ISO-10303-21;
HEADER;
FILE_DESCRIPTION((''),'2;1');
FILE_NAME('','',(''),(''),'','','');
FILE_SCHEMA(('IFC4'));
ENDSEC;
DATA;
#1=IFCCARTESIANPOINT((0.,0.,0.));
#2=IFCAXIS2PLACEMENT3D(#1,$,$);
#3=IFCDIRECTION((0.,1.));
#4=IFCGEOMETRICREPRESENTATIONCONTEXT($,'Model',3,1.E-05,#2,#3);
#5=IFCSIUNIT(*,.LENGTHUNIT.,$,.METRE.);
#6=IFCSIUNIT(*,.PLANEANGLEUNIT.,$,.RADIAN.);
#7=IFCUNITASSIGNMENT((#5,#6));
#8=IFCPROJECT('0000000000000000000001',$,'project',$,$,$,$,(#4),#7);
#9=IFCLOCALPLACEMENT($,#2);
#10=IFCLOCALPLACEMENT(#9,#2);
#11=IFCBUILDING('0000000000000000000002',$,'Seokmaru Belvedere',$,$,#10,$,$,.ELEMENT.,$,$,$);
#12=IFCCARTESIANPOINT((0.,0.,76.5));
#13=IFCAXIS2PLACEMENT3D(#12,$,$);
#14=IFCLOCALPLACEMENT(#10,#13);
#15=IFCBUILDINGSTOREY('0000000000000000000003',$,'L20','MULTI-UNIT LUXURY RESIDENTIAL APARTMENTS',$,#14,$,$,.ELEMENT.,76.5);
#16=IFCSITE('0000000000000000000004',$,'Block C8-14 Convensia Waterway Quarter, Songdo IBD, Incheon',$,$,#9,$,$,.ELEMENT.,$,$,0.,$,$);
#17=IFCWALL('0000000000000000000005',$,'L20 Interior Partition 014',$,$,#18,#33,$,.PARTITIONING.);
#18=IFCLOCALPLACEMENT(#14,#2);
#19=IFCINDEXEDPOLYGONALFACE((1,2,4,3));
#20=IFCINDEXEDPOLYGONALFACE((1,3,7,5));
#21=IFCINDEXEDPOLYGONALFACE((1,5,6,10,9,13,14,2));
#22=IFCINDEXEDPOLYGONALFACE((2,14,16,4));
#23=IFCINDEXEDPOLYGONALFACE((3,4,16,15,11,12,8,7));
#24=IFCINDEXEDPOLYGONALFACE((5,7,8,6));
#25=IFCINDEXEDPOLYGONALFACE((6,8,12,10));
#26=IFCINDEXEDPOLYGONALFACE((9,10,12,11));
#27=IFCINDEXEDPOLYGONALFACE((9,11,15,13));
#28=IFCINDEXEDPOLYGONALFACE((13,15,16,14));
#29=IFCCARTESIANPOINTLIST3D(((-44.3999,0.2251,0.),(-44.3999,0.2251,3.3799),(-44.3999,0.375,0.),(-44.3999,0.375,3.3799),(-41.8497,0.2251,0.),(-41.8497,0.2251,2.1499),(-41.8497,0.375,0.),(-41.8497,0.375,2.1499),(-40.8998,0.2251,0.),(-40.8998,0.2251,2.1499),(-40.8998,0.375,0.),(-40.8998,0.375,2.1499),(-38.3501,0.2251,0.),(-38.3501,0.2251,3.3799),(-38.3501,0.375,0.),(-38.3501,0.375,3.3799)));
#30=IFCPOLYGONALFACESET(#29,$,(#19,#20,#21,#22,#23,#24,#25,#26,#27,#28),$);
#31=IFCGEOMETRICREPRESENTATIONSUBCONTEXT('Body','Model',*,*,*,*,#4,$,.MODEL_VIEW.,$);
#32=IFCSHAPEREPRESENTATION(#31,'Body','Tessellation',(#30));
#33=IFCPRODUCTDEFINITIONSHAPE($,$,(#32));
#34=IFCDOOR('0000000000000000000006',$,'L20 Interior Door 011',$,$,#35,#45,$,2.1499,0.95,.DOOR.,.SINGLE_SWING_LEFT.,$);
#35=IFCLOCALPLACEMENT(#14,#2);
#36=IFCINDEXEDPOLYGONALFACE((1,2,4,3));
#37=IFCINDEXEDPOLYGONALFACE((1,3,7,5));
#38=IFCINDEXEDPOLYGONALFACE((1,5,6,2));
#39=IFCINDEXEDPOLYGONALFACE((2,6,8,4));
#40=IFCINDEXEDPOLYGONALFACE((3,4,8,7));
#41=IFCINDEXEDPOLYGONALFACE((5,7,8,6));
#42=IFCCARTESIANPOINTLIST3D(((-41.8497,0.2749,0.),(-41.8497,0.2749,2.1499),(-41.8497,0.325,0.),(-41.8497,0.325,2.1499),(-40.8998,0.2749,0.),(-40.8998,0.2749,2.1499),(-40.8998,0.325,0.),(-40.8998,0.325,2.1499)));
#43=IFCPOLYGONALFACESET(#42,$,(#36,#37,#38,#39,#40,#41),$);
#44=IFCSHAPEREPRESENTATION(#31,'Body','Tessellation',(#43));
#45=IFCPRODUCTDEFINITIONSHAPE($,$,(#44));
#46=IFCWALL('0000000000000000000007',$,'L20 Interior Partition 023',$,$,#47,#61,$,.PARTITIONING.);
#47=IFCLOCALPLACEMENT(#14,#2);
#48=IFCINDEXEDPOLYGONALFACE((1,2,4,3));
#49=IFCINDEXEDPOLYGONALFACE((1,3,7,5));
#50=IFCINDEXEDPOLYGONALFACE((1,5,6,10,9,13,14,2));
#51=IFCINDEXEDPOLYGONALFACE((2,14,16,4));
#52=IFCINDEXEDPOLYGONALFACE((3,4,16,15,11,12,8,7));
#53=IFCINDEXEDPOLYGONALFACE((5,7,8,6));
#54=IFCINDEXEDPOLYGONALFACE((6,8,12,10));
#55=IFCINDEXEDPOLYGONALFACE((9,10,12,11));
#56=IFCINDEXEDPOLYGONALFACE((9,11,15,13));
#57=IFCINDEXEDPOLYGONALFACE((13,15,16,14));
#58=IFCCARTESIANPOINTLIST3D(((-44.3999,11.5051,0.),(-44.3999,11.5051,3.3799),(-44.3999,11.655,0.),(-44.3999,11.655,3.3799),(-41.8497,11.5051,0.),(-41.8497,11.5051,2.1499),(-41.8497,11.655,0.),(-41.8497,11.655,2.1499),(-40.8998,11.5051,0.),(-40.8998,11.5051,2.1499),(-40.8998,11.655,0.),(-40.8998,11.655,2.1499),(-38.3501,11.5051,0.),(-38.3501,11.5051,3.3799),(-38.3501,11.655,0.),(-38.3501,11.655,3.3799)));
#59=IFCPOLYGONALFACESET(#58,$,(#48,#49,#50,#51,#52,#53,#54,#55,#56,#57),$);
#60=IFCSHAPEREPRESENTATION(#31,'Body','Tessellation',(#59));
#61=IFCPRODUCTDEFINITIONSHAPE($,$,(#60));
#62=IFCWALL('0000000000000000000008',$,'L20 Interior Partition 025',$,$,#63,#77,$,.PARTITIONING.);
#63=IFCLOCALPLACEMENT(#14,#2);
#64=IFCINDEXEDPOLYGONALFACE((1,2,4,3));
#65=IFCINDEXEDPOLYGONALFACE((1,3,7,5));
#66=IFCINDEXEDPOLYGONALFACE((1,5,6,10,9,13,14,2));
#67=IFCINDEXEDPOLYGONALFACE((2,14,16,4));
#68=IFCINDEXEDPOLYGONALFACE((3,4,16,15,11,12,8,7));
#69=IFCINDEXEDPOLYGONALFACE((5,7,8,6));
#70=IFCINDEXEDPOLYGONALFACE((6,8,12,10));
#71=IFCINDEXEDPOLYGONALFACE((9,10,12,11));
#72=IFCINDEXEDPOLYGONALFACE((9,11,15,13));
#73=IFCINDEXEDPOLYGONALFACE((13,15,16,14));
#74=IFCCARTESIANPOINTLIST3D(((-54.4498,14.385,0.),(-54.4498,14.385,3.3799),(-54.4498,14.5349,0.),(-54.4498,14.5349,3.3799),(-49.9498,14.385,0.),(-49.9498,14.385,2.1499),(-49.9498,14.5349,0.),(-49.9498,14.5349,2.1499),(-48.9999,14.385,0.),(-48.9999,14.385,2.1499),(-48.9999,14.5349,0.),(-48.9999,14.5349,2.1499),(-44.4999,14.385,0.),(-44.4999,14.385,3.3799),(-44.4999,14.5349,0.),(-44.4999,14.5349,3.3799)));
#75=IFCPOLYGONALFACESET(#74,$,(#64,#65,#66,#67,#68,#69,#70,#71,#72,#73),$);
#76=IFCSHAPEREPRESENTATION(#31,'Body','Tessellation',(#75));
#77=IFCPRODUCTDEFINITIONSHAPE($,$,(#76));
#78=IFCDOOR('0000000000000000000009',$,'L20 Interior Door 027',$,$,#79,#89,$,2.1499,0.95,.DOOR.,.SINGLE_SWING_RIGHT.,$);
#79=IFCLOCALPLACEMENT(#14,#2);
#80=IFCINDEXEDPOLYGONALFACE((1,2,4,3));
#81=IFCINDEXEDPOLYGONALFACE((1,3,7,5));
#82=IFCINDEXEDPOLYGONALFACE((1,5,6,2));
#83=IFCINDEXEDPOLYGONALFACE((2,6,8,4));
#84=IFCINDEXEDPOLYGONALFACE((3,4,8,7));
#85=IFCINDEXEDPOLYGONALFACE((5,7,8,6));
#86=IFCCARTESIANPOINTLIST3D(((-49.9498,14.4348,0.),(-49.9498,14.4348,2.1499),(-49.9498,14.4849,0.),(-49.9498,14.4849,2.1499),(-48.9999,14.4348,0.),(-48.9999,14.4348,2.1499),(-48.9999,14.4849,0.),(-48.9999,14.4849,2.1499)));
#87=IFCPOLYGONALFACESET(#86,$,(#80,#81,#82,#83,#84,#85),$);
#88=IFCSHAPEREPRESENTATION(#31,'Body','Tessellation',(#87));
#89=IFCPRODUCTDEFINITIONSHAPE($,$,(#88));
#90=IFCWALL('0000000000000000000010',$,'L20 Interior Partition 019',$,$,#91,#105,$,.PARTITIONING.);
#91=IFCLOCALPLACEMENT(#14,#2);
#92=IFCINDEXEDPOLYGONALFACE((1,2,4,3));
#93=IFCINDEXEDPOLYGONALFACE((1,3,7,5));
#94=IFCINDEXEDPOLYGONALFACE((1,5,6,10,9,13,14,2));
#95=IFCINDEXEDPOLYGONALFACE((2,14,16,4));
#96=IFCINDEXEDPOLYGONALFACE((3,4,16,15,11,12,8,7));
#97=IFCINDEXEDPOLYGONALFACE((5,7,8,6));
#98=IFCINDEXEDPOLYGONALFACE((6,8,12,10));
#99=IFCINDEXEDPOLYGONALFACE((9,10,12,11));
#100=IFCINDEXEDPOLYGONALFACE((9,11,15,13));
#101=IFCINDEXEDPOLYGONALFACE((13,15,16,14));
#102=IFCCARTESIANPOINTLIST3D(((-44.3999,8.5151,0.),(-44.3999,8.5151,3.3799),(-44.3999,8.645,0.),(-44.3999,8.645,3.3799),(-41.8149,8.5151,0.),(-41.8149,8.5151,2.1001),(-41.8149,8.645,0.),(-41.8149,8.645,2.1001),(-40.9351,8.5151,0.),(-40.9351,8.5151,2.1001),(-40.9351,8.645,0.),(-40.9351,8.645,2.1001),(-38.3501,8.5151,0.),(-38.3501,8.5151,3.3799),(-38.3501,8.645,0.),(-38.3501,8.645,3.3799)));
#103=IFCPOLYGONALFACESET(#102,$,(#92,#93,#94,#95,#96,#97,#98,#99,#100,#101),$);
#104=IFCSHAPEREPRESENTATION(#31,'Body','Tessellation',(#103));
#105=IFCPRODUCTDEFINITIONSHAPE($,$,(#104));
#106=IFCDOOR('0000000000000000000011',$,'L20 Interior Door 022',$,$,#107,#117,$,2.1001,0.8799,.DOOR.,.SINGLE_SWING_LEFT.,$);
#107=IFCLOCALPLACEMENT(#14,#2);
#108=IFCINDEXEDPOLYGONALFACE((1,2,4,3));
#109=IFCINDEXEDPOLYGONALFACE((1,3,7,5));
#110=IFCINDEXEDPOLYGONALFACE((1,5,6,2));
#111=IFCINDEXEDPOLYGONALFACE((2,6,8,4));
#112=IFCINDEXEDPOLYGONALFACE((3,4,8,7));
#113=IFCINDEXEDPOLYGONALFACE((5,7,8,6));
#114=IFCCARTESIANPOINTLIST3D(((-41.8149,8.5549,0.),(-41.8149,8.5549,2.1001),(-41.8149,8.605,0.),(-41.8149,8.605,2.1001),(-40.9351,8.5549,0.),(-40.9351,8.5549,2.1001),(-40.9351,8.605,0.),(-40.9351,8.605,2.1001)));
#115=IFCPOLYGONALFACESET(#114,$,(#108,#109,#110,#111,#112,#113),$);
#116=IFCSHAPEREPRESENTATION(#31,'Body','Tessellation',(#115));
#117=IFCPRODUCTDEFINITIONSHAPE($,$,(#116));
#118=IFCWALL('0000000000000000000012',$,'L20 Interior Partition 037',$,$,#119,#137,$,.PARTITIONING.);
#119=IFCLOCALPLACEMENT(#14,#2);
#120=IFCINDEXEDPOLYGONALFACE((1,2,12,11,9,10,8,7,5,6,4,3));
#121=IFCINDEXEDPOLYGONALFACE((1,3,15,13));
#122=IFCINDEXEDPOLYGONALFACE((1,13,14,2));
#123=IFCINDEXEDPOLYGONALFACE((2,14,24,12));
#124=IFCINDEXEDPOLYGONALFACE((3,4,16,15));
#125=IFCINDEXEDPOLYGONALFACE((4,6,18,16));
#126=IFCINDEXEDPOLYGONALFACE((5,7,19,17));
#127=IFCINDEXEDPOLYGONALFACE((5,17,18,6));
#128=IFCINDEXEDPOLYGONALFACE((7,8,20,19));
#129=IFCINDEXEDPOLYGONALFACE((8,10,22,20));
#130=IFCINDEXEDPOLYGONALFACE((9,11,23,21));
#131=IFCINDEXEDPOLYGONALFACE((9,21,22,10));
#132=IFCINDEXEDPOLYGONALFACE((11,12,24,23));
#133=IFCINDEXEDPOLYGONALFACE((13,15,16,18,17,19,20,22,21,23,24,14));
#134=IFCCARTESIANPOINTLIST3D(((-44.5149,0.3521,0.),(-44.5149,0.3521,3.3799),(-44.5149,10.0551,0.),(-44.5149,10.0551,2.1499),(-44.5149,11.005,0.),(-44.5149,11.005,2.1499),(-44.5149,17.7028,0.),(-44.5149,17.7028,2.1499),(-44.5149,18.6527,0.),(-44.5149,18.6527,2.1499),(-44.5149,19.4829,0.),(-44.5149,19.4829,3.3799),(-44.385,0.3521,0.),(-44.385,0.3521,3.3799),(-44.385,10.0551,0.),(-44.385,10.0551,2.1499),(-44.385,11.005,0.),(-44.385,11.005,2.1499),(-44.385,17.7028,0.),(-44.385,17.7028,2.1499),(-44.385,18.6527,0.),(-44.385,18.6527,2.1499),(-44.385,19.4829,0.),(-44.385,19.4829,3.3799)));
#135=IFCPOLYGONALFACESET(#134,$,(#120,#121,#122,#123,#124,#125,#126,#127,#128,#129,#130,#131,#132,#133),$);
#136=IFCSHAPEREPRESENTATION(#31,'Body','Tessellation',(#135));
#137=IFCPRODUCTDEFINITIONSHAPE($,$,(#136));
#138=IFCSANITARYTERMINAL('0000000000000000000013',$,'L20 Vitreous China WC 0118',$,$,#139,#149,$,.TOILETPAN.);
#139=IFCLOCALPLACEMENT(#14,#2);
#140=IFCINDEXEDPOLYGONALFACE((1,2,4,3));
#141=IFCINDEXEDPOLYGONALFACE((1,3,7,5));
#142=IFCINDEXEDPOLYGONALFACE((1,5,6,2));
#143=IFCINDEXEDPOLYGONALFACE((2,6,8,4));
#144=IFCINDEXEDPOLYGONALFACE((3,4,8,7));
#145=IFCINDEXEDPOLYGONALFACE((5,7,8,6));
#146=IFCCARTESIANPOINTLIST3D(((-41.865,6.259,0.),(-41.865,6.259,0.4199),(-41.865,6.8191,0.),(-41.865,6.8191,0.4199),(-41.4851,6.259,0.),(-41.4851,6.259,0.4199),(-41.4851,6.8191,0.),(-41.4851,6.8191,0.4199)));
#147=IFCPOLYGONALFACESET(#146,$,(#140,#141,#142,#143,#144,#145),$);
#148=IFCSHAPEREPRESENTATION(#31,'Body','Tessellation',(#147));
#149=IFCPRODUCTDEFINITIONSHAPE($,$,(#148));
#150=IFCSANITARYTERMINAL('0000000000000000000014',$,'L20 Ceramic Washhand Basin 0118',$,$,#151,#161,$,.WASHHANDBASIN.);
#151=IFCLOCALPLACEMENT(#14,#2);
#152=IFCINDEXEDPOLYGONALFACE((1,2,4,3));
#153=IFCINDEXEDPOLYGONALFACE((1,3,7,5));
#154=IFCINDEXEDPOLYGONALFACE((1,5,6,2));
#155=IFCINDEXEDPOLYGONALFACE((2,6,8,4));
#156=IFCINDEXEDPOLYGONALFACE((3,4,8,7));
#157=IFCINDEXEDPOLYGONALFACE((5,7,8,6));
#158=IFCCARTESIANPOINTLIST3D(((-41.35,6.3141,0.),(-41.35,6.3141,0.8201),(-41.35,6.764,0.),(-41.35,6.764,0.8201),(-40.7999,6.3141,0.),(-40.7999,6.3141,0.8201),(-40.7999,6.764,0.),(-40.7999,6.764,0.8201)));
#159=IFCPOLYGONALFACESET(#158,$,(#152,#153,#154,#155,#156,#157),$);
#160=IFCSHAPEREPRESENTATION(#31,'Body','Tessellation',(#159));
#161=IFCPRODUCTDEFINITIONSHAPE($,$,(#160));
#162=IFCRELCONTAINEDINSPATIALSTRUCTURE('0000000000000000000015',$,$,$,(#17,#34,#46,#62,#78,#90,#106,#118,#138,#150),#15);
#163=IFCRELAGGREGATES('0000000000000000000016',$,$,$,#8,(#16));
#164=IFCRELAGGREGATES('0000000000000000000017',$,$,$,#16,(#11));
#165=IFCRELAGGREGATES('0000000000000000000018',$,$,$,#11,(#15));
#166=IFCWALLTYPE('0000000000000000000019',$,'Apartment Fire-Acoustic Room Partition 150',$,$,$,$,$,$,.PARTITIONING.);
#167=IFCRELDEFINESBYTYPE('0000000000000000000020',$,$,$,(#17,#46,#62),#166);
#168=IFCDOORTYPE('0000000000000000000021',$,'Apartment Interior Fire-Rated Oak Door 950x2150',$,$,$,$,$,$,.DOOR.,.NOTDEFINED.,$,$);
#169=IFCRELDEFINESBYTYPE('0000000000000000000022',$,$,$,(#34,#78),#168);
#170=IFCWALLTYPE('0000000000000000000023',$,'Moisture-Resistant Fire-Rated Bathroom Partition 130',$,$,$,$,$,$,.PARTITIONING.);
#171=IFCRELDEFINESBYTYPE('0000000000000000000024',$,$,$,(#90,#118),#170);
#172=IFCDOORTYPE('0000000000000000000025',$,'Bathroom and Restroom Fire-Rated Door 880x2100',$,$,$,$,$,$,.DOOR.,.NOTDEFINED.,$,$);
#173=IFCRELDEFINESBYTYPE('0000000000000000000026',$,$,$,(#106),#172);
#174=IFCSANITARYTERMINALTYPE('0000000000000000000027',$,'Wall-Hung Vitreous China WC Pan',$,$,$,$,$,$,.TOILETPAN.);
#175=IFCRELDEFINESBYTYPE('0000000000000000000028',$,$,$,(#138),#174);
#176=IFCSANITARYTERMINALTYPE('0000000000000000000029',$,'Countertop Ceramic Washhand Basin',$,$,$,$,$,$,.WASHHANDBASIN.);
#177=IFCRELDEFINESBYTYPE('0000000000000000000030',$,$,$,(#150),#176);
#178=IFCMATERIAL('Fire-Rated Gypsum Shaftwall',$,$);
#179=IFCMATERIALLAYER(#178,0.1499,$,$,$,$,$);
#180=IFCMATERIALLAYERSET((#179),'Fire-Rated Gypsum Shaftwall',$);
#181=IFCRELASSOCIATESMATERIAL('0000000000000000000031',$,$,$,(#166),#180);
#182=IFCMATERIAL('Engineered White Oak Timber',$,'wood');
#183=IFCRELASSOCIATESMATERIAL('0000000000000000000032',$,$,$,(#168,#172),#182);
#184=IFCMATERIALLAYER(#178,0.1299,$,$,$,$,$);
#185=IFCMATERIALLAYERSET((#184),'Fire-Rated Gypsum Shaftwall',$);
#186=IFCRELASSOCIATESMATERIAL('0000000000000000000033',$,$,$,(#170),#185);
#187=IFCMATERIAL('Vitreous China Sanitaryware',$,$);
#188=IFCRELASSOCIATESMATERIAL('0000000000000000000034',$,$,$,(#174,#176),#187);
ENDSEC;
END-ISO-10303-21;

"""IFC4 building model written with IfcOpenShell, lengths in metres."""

from ifc_helpers import new_model, si_unit, direction, frame, frame_2d, origin, origin_2d, place, context, subcontext, project, spatial, rectangle, extrude, source, transform, mapped, material, layer, layer_set, type_object, type_shapes, element, fill, save


model = new_model("IFC4")

# Units and contexts
model_context = context("Model", 3, precision=1e-05, world=origin(), true_north=direction((0.0, 1.0)))
body_context = subcontext(model_context, "Body", "Model", "MODEL_VIEW")
ifc_project = project(units=[si_unit("LENGTHUNIT", "METRE"), si_unit("PLANEANGLEUNIT", "RADIAN")], contexts=[model_context])

# Site, building, storey
site_placement = place(None, origin())
site = spatial("IfcSite", under=ifc_project, at=site_placement, Name="Block C8-14 Convensia Waterway Quarter, Songdo IBD, Incheon", CompositionType="ELEMENT", RefElevation=0.0)
building_placement = place(site_placement, origin())
building = spatial("IfcBuilding", under=site, at=building_placement, Name="Seokmaru Belvedere", CompositionType="ELEMENT")
storey_placement = place(building_placement, frame((0.0, 0.0, 76.5)))
storey = spatial("IfcBuildingStorey", under=building, at=storey_placement, Name="L20", Description="MULTI-UNIT LUXURY RESIDENTIAL APARTMENTS", CompositionType="ELEMENT", Elevation=76.5)

# Wall, opening, door
ifc_material_1 = material(Name="Fire-Rated Gypsum Shaftwall")
ifc_layer_1 = layer(ifc_material_1, 0.1499)
ifc_layer_set_1 = layer_set([ifc_layer_1], Name="Fire-Rated Gypsum Shaftwall")
wall_type_1 = type_object("IfcWallType", Name="Apartment Fire-Acoustic Room Partition 150", PredefinedType="PARTITIONING", material=ifc_layer_set_1)
wall_1_placement = place(storey_placement, frame((-44.3999, 0.3, 0.0), z_axis=(0.0, 0.0, 1.0), x_axis=(1.0, 0.0, 0.0)))
wall_1 = element("IfcWall", 1, at=wall_1_placement, inside=storey, type_object=wall_type_1, Name="L20 Interior Partition 014", PredefinedType="PARTITIONING", context=body_context, shape_type="SweptSolid", body=[
    extrude(rectangle(XDim=6.0498, YDim=0.1499, at=frame_2d((3.0249, 0.0))), origin(), (0.0, 0.0, 1.0), 3.3799),
])
opening_1_placement = place(wall_1_placement, frame((2.55, 0.0, 0.0)))
opening_1 = element("IfcOpeningElement", 2, at=opening_1_placement, cuts=wall_1, PredefinedType="OPENING", context=body_context, shape_type="SweptSolid", body=[
    extrude(rectangle(XDim=0.95, YDim=2.1499, at=frame_2d((0.4751, 1.075))), frame((0.0, 0.085, 0.0), z_axis=(0.0, -1.0, 0.0), x_axis=(1.0, 0.0, 0.0)), (0.0, 0.0, 1.0), 0.1699),
])
ifc_material_2 = material(Name="Engineered White Oak Timber", Category="wood")
door_type_1 = type_object("IfcDoorType", Name="Apartment Interior Fire-Rated Oak Door 950x2150", OperationType="NOTDEFINED", PredefinedType="DOOR", material=ifc_material_2)
shared_shape_1 = source(origin(), body_context, "Body", "SweptSolid", [
    extrude(rectangle(XDim=0.95, YDim=2.1499, at=frame_2d((0.4751, 1.075))), frame((0.0, 0.0249, 0.0), z_axis=(0.0, -1.0, 0.0), x_axis=(1.0, 0.0, 0.0)), (0.0, 0.0, 1.0), 0.05),
])
type_shapes(door_type_1, [shared_shape_1])
door_1_placement = place(opening_1_placement, origin())
door_1 = element("IfcDoor", 3, at=door_1_placement, inside=storey, type_object=door_type_1, Name="L20 Interior Door 011", OperationType="SINGLE_SWING_LEFT", OverallHeight=2.1499, OverallWidth=0.95, PredefinedType="DOOR", context=body_context, shape_type="MappedRepresentation", body=[
    mapped(shared_shape_1, transform((0.0, 0.0, 0.0), scale=1.0)),
])
fill(opening_1, door_1)

# Wall, opening
wall_2_placement = place(storey_placement, frame((-44.3999, 11.5801, 0.0), z_axis=(0.0, 0.0, 1.0), x_axis=(1.0, 0.0, 0.0)))
wall_2 = element("IfcWall", 4, at=wall_2_placement, inside=storey, type_object=wall_type_1, Name="L20 Interior Partition 023", PredefinedType="PARTITIONING", context=body_context, shape_type="SweptSolid", body=[
    extrude(rectangle(XDim=6.0498, YDim=0.1499, at=frame_2d((3.0249, 0.0))), origin(), (0.0, 0.0, 1.0), 3.3799),
])
opening_2_placement = place(wall_2_placement, frame((2.55, 0.0, 0.0)))
element("IfcOpeningElement", 5, at=opening_2_placement, cuts=wall_2, PredefinedType="OPENING", context=body_context, shape_type="SweptSolid", body=[
    extrude(rectangle(XDim=0.95, YDim=2.1499, at=frame_2d((0.4751, 1.075))), frame((0.0, 0.085, 0.0), z_axis=(0.0, -1.0, 0.0), x_axis=(1.0, 0.0, 0.0)), (0.0, 0.0, 1.0), 0.1699),
])

# Walls, openings, doors
wall_3_placement = place(storey_placement, frame((-54.45, 14.46, 0.0), z_axis=(0.0, 0.0, 1.0), x_axis=(1.0, 0.0, 0.0)))
wall_3 = element("IfcWall", 6, at=wall_3_placement, inside=storey, type_object=wall_type_1, Name="L20 Interior Partition 025", PredefinedType="PARTITIONING", context=body_context, shape_type="SweptSolid", body=[
    extrude(rectangle(XDim=9.95, YDim=0.1499, at=frame_2d((4.9751, 0.0))), origin(), (0.0, 0.0, 1.0), 3.3799),
])
opening_3_placement = place(wall_3_placement, frame((4.5, 0.0, 0.0)))
opening_3 = element("IfcOpeningElement", 7, at=opening_3_placement, cuts=wall_3, PredefinedType="OPENING", context=body_context, shape_type="SweptSolid", body=[
    extrude(rectangle(XDim=0.95, YDim=2.1499, at=frame_2d((0.4751, 1.075))), frame((0.0, 0.085, 0.0), z_axis=(0.0, -1.0, 0.0), x_axis=(1.0, 0.0, 0.0)), (0.0, 0.0, 1.0), 0.1699),
])
door_2_placement = place(opening_3_placement, origin())
door_2 = element("IfcDoor", 8, at=door_2_placement, inside=storey, type_object=door_type_1, Name="L20 Interior Door 027", OperationType="SINGLE_SWING_RIGHT", OverallHeight=2.1499, OverallWidth=0.95, PredefinedType="DOOR", context=body_context, shape_type="MappedRepresentation", body=[
    mapped(shared_shape_1, transform((0.0, 0.0, 0.0), scale=1.0)),
])
fill(opening_3, door_2)
ifc_layer_2 = layer(ifc_material_1, 0.1299)
ifc_layer_set_2 = layer_set([ifc_layer_2], Name="Fire-Rated Gypsum Shaftwall")
wall_type_2 = type_object("IfcWallType", Name="Moisture-Resistant Fire-Rated Bathroom Partition 130", PredefinedType="PARTITIONING", material=ifc_layer_set_2)
wall_4_placement = place(storey_placement, frame((-44.3999, 8.5801, 0.0), z_axis=(0.0, 0.0, 1.0), x_axis=(1.0, 0.0, 0.0)))
wall_4 = element("IfcWall", 9, at=wall_4_placement, inside=storey, type_object=wall_type_2, Name="L20 Interior Partition 019", PredefinedType="PARTITIONING", context=body_context, shape_type="SweptSolid", body=[
    extrude(rectangle(XDim=6.0498, YDim=0.1299, at=frame_2d((3.0249, 0.0))), origin(), (0.0, 0.0, 1.0), 3.3799),
])
opening_4_placement = place(wall_4_placement, frame((2.585, 0.0, 0.0)))
opening_4 = element("IfcOpeningElement", 10, at=opening_4_placement, cuts=wall_4, PredefinedType="OPENING", context=body_context, shape_type="SweptSolid", body=[
    extrude(rectangle(XDim=0.8799, YDim=2.1001, at=frame_2d((0.4399, 1.05))), frame((0.0, 0.075, 0.0), z_axis=(0.0, -1.0, 0.0), x_axis=(1.0, 0.0, 0.0)), (0.0, 0.0, 1.0), 0.1499),
])
door_type_2 = type_object("IfcDoorType", Name="Bathroom and Restroom Fire-Rated Door 880x2100", OperationType="NOTDEFINED", PredefinedType="DOOR", material=ifc_material_2)
shared_shape_2 = source(origin(), body_context, "Body", "SweptSolid", [
    extrude(rectangle(XDim=0.8799, YDim=2.1001, at=frame_2d((0.4399, 1.05))), frame((0.0, 0.0249, 0.0), z_axis=(0.0, -1.0, 0.0), x_axis=(1.0, 0.0, 0.0)), (0.0, 0.0, 1.0), 0.05),
])
type_shapes(door_type_2, [shared_shape_2])
door_3_placement = place(opening_4_placement, origin())
door_3 = element("IfcDoor", 11, at=door_3_placement, inside=storey, type_object=door_type_2, Name="L20 Interior Door 022", OperationType="SINGLE_SWING_LEFT", OverallHeight=2.1001, OverallWidth=0.8799, PredefinedType="DOOR", context=body_context, shape_type="MappedRepresentation", body=[
    mapped(shared_shape_2, transform((0.0, 0.0, 0.0), scale=1.0)),
])
fill(opening_4, door_3)

# Wall, openings
wall_5_placement = place(storey_placement, frame((-44.45, 0.3521, 0.0), z_axis=(0.0, 0.0, 1.0), x_axis=(0.0, 1.0, 0.0)))
wall_5 = element("IfcWall", 12, at=wall_5_placement, inside=storey, type_object=wall_type_2, Name="L20 Interior Partition 037", PredefinedType="PARTITIONING", context=body_context, shape_type="SweptSolid", body=[
    extrude(rectangle(XDim=19.1309, YDim=0.1299, at=frame_2d((9.5654, 0.0))), origin(), (0.0, 0.0, 1.0), 3.3799),
])
opening_5_placement = place(wall_5_placement, frame((9.7029, 0.0, 0.0)))
element("IfcOpeningElement", 13, at=opening_5_placement, cuts=wall_5, PredefinedType="OPENING", context=body_context, shape_type="SweptSolid", body=[
    extrude(rectangle(XDim=0.95, YDim=2.1499, at=frame_2d((0.4751, 1.075))), frame((0.0, 0.075, 0.0), z_axis=(0.0, -1.0, 0.0), x_axis=(1.0, 0.0, 0.0)), (0.0, 0.0, 1.0), 0.1499),
])
opening_6_placement = place(wall_5_placement, frame((17.3506, 0.0, 0.0)))
element("IfcOpeningElement", 14, at=opening_6_placement, cuts=wall_5, PredefinedType="OPENING", context=body_context, shape_type="SweptSolid", body=[
    extrude(rectangle(XDim=0.95, YDim=2.1499, at=frame_2d((0.4751, 1.075))), frame((0.0, 0.075, 0.0), z_axis=(0.0, -1.0, 0.0), x_axis=(1.0, 0.0, 0.0)), (0.0, 0.0, 1.0), 0.1499),
])

# Sanitary terminals
ifc_material_3 = material(Name="Vitreous China Sanitaryware")
sanitary_terminal_type_1 = type_object("IfcSanitaryTerminalType", Name="Wall-Hung Vitreous China WC Pan", PredefinedType="TOILETPAN", material=ifc_material_3)
shared_shape_3 = source(origin(), body_context, "Body", "SweptSolid", [
    extrude(rectangle(XDim=0.3799, YDim=0.5601, at=origin_2d()), origin(), (0.0, 0.0, 1.0), 0.4199),
])
type_shapes(sanitary_terminal_type_1, [shared_shape_3])
sanitary_terminal_1_placement = place(storey_placement, frame((-41.675, 6.5391, 0.0), z_axis=(0.0, 0.0, 1.0), x_axis=(1.0, 0.0, 0.0)))
element("IfcSanitaryTerminal", 15, at=sanitary_terminal_1_placement, inside=storey, type_object=sanitary_terminal_type_1, Name="L20 Vitreous China WC 0118", PredefinedType="TOILETPAN", context=body_context, shape_type="MappedRepresentation", body=[
    mapped(shared_shape_3, transform((0.0, 0.0, 0.0), scale=1.0)),
])
sanitary_terminal_type_2 = type_object("IfcSanitaryTerminalType", Name="Countertop Ceramic Washhand Basin", PredefinedType="WASHHANDBASIN", material=ifc_material_3)
shared_shape_4 = source(origin(), body_context, "Body", "SweptSolid", [
    extrude(rectangle(XDim=0.55, YDim=0.45, at=origin_2d()), origin(), (0.0, 0.0, 1.0), 0.8201),
])
type_shapes(sanitary_terminal_type_2, [shared_shape_4])
sanitary_terminal_2_placement = place(storey_placement, frame((-41.075, 6.5391, 0.0), z_axis=(0.0, 0.0, 1.0), x_axis=(1.0, 0.0, 0.0)))
element("IfcSanitaryTerminal", 16, at=sanitary_terminal_2_placement, inside=storey, type_object=sanitary_terminal_type_2, Name="L20 Ceramic Washhand Basin 0118", PredefinedType="WASHHANDBASIN", context=body_context, shape_type="MappedRepresentation", body=[
    mapped(shared_shape_4, transform((0.0, 0.0, 0.0), scale=1.0)),
])

save(model, "model.ifc")
